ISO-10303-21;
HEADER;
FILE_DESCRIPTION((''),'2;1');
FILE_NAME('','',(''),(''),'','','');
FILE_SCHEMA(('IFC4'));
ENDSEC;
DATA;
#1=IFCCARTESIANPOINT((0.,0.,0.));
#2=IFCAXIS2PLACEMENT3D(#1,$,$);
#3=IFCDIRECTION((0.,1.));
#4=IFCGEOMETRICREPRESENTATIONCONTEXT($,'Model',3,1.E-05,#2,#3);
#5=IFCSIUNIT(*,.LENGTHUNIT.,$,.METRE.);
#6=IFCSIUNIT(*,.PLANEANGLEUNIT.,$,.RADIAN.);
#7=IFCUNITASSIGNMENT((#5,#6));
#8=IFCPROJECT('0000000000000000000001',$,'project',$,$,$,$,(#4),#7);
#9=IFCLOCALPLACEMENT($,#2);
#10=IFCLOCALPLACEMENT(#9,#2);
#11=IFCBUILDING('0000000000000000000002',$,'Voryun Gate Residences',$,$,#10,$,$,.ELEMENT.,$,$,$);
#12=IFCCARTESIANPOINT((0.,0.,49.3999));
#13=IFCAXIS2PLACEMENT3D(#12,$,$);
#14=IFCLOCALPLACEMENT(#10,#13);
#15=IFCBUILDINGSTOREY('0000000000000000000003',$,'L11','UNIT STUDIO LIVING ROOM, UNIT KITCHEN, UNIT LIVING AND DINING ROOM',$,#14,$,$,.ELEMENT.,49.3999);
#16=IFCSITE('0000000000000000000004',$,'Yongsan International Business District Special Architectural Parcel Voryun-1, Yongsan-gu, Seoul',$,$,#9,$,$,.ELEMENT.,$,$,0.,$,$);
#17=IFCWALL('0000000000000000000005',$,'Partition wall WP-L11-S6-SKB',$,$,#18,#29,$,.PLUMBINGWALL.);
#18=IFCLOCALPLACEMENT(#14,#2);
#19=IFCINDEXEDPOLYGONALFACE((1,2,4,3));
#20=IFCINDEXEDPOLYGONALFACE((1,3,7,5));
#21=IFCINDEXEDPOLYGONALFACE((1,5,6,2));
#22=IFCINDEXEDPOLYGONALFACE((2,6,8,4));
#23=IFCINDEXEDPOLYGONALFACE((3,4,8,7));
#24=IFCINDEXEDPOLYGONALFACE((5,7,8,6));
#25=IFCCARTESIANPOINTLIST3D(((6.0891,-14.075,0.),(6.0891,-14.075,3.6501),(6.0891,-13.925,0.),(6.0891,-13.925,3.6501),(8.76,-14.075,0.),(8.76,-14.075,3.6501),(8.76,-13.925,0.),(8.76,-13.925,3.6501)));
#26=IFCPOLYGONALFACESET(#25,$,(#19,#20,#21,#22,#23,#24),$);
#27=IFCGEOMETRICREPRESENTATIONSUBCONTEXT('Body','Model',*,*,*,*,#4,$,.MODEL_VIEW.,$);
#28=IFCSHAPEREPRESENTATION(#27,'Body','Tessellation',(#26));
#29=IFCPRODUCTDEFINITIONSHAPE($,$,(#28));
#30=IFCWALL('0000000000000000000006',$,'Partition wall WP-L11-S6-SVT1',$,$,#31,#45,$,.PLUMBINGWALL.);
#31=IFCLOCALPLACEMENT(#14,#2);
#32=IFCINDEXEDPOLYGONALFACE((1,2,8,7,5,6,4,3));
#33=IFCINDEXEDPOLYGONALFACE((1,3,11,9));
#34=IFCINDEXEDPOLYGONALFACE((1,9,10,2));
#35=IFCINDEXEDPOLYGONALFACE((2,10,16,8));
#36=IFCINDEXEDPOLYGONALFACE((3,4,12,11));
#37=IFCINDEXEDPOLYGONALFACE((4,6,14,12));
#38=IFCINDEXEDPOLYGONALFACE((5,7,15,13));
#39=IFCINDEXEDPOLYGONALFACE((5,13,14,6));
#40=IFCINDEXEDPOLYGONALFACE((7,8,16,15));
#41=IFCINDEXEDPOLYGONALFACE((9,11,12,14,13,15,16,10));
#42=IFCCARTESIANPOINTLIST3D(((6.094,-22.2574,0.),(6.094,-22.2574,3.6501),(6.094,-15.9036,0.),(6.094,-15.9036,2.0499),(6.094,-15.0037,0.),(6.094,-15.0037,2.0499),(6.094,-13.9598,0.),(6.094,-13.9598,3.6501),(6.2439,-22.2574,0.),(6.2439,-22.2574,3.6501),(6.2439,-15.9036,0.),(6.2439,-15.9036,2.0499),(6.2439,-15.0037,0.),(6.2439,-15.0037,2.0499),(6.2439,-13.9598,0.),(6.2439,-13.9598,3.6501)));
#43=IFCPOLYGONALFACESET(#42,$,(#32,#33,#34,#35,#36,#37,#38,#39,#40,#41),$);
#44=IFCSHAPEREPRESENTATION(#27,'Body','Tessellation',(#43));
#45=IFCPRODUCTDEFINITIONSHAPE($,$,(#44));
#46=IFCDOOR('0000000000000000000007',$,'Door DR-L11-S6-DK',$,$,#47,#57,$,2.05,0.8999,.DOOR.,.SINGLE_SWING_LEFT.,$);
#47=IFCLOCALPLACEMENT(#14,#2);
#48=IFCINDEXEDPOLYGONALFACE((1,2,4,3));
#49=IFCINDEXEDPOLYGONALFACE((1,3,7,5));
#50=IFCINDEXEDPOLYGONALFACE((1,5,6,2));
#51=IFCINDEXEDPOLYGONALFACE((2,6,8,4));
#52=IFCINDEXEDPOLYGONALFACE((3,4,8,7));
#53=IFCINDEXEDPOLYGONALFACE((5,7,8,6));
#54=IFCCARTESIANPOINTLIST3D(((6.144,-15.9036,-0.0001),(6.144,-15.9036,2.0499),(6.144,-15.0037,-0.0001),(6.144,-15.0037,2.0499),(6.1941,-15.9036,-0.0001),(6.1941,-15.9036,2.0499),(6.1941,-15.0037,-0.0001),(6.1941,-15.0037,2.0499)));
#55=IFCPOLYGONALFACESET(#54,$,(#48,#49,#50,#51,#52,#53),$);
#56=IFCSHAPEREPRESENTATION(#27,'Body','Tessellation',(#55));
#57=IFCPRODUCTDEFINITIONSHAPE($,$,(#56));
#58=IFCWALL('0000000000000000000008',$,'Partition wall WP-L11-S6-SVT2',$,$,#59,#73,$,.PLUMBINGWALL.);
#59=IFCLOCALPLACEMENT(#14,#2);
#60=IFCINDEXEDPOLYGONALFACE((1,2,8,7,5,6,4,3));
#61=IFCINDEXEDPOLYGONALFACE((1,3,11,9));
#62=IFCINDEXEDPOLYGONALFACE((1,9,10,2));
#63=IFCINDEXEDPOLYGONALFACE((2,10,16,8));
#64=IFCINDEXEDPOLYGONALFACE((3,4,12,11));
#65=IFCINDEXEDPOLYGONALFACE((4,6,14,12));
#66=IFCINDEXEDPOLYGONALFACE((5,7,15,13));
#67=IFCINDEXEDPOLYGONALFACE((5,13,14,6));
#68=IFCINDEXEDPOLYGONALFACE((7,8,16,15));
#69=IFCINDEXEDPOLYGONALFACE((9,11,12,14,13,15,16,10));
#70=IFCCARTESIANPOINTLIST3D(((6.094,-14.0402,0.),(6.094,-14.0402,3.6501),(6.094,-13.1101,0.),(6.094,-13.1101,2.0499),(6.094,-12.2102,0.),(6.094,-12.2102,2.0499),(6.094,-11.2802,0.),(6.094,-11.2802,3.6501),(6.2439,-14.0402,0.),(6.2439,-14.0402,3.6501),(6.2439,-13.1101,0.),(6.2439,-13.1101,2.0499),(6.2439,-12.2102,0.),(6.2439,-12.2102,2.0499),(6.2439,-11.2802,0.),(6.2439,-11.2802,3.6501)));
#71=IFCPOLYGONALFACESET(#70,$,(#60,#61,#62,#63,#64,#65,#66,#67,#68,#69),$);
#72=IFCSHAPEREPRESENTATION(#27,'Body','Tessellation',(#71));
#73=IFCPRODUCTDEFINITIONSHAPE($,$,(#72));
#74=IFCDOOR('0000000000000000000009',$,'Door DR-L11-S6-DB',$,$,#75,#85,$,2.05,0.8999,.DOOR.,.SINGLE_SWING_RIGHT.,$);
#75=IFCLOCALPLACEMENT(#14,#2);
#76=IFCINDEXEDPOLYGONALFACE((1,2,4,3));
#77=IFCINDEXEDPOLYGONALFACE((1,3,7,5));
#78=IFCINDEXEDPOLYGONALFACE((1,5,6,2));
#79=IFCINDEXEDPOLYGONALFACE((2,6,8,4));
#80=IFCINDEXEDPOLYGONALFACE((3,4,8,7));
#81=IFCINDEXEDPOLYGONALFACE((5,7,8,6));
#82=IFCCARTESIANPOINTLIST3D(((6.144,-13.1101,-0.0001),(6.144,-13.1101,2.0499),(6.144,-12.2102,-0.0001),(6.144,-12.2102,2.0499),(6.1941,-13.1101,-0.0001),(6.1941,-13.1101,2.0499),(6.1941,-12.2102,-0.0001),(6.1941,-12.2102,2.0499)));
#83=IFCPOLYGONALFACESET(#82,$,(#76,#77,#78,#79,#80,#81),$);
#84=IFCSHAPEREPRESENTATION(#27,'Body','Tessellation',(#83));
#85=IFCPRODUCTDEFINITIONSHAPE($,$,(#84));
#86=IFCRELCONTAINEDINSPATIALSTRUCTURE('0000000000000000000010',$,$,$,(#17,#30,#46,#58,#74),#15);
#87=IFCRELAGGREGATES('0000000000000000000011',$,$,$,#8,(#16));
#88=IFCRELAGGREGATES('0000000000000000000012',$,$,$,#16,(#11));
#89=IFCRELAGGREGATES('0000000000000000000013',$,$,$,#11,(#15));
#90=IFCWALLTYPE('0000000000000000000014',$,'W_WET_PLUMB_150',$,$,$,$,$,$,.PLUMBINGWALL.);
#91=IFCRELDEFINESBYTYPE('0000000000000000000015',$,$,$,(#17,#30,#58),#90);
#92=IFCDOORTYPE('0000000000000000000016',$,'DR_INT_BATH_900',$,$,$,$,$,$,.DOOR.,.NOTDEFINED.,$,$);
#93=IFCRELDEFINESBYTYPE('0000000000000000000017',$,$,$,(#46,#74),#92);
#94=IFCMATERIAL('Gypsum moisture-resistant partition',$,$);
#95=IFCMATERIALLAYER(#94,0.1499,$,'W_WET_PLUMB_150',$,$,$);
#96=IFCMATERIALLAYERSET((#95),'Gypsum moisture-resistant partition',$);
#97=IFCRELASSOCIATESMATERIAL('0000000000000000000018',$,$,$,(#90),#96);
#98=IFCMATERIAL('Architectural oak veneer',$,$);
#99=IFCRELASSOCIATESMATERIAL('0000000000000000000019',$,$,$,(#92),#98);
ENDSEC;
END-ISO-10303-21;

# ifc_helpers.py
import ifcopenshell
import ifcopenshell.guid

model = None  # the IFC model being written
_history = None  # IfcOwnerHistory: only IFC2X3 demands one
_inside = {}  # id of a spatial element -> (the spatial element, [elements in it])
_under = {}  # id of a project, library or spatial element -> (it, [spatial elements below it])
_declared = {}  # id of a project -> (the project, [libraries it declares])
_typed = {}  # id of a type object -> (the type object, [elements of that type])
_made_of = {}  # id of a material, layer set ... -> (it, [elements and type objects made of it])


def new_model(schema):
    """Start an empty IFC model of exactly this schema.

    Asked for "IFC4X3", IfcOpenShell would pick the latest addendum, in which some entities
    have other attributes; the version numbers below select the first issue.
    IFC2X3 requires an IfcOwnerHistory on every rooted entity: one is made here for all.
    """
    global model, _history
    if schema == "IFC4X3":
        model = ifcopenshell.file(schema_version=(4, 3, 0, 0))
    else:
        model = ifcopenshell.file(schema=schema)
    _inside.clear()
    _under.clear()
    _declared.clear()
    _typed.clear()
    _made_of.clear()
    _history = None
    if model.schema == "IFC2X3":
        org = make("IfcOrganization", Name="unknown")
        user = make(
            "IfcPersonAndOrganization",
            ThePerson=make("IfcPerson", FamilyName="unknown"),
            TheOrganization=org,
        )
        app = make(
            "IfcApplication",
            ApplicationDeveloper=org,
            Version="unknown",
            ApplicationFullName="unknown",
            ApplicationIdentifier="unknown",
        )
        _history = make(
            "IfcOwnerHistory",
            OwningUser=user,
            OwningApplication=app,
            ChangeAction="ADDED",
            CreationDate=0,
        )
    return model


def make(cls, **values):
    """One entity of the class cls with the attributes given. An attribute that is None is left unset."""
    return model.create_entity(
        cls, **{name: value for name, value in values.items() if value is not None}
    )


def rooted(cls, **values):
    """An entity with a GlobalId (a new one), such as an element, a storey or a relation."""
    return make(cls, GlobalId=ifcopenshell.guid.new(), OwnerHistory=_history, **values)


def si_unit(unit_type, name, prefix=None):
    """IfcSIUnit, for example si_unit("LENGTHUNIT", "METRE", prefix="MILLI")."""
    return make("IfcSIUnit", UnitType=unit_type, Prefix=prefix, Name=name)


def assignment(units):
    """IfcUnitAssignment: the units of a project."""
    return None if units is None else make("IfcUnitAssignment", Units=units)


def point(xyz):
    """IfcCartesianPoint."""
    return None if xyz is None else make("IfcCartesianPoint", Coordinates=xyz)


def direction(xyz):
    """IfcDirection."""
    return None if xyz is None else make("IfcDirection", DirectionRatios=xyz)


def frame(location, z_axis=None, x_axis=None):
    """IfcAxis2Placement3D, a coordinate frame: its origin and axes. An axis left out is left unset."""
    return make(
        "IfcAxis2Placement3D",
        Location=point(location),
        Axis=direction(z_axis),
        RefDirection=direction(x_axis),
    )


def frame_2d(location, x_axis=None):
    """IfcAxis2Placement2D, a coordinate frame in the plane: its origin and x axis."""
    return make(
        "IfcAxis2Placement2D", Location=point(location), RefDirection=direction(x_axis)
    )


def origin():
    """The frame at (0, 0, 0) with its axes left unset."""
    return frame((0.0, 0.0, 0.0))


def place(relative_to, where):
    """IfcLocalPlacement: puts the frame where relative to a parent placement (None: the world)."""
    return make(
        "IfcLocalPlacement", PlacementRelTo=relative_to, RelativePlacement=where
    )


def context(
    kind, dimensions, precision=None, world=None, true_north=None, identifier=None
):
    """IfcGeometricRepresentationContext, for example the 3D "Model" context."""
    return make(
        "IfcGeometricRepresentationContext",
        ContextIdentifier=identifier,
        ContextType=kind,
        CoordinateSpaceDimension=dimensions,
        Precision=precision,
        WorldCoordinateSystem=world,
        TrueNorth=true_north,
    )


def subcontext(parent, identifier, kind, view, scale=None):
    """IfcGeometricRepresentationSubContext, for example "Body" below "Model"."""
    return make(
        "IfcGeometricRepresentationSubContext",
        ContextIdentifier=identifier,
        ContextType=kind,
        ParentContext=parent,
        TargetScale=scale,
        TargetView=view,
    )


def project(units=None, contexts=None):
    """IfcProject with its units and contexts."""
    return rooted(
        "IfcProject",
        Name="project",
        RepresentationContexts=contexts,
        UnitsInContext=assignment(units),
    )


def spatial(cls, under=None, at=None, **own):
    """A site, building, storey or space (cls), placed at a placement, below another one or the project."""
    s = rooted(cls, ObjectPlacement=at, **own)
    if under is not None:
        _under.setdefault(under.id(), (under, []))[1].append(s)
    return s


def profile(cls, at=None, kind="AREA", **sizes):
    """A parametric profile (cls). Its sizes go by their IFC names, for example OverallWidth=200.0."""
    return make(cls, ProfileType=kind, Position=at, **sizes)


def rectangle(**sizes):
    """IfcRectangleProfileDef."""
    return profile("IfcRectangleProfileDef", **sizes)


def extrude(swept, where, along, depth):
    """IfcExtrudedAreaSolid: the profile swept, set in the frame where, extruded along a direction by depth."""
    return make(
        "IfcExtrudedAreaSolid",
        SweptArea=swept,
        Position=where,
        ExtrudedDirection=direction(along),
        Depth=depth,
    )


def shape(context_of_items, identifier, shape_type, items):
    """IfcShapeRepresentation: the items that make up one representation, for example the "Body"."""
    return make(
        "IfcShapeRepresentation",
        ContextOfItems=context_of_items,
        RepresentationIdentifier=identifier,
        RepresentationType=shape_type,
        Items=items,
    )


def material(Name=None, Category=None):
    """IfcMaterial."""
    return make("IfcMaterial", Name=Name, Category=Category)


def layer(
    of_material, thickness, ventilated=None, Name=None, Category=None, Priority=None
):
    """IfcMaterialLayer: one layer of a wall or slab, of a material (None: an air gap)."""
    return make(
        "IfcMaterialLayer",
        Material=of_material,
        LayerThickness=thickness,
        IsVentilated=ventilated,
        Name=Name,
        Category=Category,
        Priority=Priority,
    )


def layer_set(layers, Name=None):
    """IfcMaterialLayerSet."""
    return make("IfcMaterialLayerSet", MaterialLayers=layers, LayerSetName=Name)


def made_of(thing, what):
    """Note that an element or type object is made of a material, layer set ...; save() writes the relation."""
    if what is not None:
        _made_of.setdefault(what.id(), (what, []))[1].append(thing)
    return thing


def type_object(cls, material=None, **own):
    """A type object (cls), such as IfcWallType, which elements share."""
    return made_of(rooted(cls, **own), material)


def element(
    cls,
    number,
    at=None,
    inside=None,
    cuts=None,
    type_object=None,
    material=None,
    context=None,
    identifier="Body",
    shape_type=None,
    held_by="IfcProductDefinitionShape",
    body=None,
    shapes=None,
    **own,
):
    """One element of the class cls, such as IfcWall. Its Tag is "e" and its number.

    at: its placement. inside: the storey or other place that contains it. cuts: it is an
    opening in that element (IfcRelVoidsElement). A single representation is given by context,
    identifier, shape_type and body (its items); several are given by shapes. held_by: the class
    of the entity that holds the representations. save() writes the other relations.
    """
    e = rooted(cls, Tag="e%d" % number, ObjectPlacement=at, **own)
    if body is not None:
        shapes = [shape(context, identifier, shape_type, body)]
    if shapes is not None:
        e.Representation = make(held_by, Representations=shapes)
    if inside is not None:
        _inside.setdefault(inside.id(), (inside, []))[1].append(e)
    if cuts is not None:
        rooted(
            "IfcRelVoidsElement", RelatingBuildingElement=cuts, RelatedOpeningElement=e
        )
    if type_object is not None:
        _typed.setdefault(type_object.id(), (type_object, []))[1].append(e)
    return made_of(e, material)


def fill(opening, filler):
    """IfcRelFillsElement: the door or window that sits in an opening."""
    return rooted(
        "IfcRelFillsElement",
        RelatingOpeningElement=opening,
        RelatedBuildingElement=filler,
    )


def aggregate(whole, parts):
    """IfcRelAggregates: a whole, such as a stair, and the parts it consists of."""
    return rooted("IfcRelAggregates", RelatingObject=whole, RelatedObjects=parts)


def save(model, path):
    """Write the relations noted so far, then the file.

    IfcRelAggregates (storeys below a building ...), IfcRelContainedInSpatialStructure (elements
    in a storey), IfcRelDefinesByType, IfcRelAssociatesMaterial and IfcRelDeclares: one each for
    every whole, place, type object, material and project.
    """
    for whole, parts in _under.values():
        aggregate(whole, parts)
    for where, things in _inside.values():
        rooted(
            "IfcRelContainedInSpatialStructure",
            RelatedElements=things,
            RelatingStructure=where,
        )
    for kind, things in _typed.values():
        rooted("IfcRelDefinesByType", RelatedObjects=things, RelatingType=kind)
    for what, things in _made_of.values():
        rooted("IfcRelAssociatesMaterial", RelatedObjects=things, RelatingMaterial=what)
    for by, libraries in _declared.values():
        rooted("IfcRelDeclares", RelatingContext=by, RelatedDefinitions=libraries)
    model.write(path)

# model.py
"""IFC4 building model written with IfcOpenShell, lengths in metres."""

from ifc_helpers import new_model, si_unit, direction, frame, frame_2d, origin, place, context, subcontext, project, spatial, rectangle, extrude, material, layer, layer_set, type_object, element, fill, save


model = new_model("IFC4")

# Units and contexts
model_context = context("Model", 3, precision=1e-05, world=origin(), true_north=direction((0.0, 1.0)))
body_context = subcontext(model_context, "Body", "Model", "MODEL_VIEW")
ifc_project = project(units=[si_unit("LENGTHUNIT", "METRE"), si_unit("PLANEANGLEUNIT", "RADIAN")], contexts=[model_context])

# Site, building, storey
site_placement = place(None, origin())
site = spatial("IfcSite", under=ifc_project, at=site_placement, Name="Yongsan International Business District Special Architectural Parcel Voryun-1, Yongsan-gu, Seoul", CompositionType="ELEMENT", RefElevation=0.0)
building_placement = place(site_placement, origin())
building = spatial("IfcBuilding", under=site, at=building_placement, Name="Voryun Gate Residences", CompositionType="ELEMENT")
storey_placement = place(building_placement, frame((0.0, 0.0, 49.3999)))
storey = spatial("IfcBuildingStorey", under=building, at=storey_placement, Name="L11", Description="UNIT STUDIO LIVING ROOM, UNIT KITCHEN, UNIT LIVING AND DINING ROOM", CompositionType="ELEMENT", Elevation=49.3999)

# Shared definitions
ifc_material_1 = material(Name="Gypsum moisture-resistant partition")
ifc_layer_1 = layer(ifc_material_1, 0.1499, Name="W_WET_PLUMB_150")
ifc_layer_set_1 = layer_set([ifc_layer_1], Name="Gypsum moisture-resistant partition")
wall_type_1 = type_object("IfcWallType", Name="W_WET_PLUMB_150", PredefinedType="PLUMBINGWALL", material=ifc_layer_set_1)
ifc_material_2 = material(Name="Architectural oak veneer")
door_type_1 = type_object("IfcDoorType", Name="DR_INT_BATH_900", OperationType="NOTDEFINED", PredefinedType="DOOR", material=ifc_material_2)

# Wall
wall_1_placement = place(storey_placement, frame((6.0891, -14.0, 0.0), z_axis=(0.0, 0.0, 1.0), x_axis=(1.0, 0.0, 0.0)))
element("IfcWall", 1, at=wall_1_placement, inside=storey, type_object=wall_type_1, Name="Partition wall WP-L11-S6-SKB", PredefinedType="PLUMBINGWALL", context=body_context, shape_type="SweptSolid", body=[
    extrude(rectangle(XDim=2.6709, YDim=0.1499, at=frame_2d((1.3354, 0.0))), origin(), (0.0, 0.0, 1.0), 3.6501),
])

# Walls, openings, doors
wall_2_placement = place(storey_placement, frame((6.1689, -22.2576, 0.0), z_axis=(0.0, 0.0, 1.0), x_axis=(0.0, 1.0, 0.0)))
wall_2 = element("IfcWall", 2, at=wall_2_placement, inside=storey, type_object=wall_type_1, Name="Partition wall WP-L11-S6-SVT1", PredefinedType="PLUMBINGWALL", context=body_context, shape_type="SweptSolid", body=[
    extrude(rectangle(XDim=8.2976, YDim=0.1499, at=frame_2d((4.1489, 0.0))), origin(), (0.0, 0.0, 1.0), 3.6501),
])
opening_1_placement = place(wall_2_placement, frame((6.354, 0.0, 0.0)))
opening_1 = element("IfcOpeningElement", 3, at=opening_1_placement, cuts=wall_2, PredefinedType="OPENING", context=body_context, shape_type="SweptSolid", body=[
    extrude(rectangle(XDim=0.8999, YDim=2.05, at=frame_2d((0.45, 1.0249))), frame((0.0, 0.085, 0.0), z_axis=(0.0, -1.0, 0.0), x_axis=(1.0, 0.0, 0.0)), (0.0, 0.0, 1.0), 0.1699),
])
door_1_placement = place(opening_1_placement, origin())
door_1 = element("IfcDoor", 4, at=door_1_placement, inside=storey, type_object=door_type_1, Name="Door DR-L11-S6-DK", OperationType="SINGLE_SWING_LEFT", OverallHeight=2.05, OverallWidth=0.8999, PredefinedType="DOOR", context=body_context, shape_type="SweptSolid", body=[
    extrude(rectangle(XDim=0.8999, YDim=2.05, at=frame_2d((0.45, 1.0249))), frame((0.0, 0.0249, 0.0), z_axis=(0.0, -1.0, 0.0), x_axis=(1.0, 0.0, 0.0)), (0.0, 0.0, 1.0), 0.05),
])
fill(opening_1, door_1)
wall_3_placement = place(storey_placement, frame((6.1689, -14.04, 0.0), z_axis=(0.0, 0.0, 1.0), x_axis=(0.0, 1.0, 0.0)))
wall_3 = element("IfcWall", 5, at=wall_3_placement, inside=storey, type_object=wall_type_1, Name="Partition wall WP-L11-S6-SVT2", PredefinedType="PLUMBINGWALL", context=body_context, shape_type="SweptSolid", body=[
    extrude(rectangle(XDim=2.76, YDim=0.1499, at=frame_2d((1.3799, 0.0))), origin(), (0.0, 0.0, 1.0), 3.6501),
])
opening_2_placement = place(wall_3_placement, frame((0.9299, 0.0, 0.0)))
opening_2 = element("IfcOpeningElement", 6, at=opening_2_placement, cuts=wall_3, PredefinedType="OPENING", context=body_context, shape_type="SweptSolid", body=[
    extrude(rectangle(XDim=0.8999, YDim=2.05, at=frame_2d((0.45, 1.0249))), frame((0.0, 0.085, 0.0), z_axis=(0.0, -1.0, 0.0), x_axis=(1.0, 0.0, 0.0)), (0.0, 0.0, 1.0), 0.1699),
])
door_2_placement = place(opening_2_placement, origin())
door_2 = element("IfcDoor", 7, at=door_2_placement, inside=storey, type_object=door_type_1, Name="Door DR-L11-S6-DB", OperationType="SINGLE_SWING_RIGHT", OverallHeight=2.05, OverallWidth=0.8999, PredefinedType="DOOR", context=body_context, shape_type="SweptSolid", body=[
    extrude(rectangle(XDim=0.8999, YDim=2.05, at=frame_2d((0.45, 1.0249))), frame((0.0, 0.0249, 0.0), z_axis=(0.0, -1.0, 0.0), x_axis=(1.0, 0.0, 0.0)), (0.0, 0.0, 1.0), 0.05),
])
fill(opening_2, door_2)

save(model, "model.ifc")
